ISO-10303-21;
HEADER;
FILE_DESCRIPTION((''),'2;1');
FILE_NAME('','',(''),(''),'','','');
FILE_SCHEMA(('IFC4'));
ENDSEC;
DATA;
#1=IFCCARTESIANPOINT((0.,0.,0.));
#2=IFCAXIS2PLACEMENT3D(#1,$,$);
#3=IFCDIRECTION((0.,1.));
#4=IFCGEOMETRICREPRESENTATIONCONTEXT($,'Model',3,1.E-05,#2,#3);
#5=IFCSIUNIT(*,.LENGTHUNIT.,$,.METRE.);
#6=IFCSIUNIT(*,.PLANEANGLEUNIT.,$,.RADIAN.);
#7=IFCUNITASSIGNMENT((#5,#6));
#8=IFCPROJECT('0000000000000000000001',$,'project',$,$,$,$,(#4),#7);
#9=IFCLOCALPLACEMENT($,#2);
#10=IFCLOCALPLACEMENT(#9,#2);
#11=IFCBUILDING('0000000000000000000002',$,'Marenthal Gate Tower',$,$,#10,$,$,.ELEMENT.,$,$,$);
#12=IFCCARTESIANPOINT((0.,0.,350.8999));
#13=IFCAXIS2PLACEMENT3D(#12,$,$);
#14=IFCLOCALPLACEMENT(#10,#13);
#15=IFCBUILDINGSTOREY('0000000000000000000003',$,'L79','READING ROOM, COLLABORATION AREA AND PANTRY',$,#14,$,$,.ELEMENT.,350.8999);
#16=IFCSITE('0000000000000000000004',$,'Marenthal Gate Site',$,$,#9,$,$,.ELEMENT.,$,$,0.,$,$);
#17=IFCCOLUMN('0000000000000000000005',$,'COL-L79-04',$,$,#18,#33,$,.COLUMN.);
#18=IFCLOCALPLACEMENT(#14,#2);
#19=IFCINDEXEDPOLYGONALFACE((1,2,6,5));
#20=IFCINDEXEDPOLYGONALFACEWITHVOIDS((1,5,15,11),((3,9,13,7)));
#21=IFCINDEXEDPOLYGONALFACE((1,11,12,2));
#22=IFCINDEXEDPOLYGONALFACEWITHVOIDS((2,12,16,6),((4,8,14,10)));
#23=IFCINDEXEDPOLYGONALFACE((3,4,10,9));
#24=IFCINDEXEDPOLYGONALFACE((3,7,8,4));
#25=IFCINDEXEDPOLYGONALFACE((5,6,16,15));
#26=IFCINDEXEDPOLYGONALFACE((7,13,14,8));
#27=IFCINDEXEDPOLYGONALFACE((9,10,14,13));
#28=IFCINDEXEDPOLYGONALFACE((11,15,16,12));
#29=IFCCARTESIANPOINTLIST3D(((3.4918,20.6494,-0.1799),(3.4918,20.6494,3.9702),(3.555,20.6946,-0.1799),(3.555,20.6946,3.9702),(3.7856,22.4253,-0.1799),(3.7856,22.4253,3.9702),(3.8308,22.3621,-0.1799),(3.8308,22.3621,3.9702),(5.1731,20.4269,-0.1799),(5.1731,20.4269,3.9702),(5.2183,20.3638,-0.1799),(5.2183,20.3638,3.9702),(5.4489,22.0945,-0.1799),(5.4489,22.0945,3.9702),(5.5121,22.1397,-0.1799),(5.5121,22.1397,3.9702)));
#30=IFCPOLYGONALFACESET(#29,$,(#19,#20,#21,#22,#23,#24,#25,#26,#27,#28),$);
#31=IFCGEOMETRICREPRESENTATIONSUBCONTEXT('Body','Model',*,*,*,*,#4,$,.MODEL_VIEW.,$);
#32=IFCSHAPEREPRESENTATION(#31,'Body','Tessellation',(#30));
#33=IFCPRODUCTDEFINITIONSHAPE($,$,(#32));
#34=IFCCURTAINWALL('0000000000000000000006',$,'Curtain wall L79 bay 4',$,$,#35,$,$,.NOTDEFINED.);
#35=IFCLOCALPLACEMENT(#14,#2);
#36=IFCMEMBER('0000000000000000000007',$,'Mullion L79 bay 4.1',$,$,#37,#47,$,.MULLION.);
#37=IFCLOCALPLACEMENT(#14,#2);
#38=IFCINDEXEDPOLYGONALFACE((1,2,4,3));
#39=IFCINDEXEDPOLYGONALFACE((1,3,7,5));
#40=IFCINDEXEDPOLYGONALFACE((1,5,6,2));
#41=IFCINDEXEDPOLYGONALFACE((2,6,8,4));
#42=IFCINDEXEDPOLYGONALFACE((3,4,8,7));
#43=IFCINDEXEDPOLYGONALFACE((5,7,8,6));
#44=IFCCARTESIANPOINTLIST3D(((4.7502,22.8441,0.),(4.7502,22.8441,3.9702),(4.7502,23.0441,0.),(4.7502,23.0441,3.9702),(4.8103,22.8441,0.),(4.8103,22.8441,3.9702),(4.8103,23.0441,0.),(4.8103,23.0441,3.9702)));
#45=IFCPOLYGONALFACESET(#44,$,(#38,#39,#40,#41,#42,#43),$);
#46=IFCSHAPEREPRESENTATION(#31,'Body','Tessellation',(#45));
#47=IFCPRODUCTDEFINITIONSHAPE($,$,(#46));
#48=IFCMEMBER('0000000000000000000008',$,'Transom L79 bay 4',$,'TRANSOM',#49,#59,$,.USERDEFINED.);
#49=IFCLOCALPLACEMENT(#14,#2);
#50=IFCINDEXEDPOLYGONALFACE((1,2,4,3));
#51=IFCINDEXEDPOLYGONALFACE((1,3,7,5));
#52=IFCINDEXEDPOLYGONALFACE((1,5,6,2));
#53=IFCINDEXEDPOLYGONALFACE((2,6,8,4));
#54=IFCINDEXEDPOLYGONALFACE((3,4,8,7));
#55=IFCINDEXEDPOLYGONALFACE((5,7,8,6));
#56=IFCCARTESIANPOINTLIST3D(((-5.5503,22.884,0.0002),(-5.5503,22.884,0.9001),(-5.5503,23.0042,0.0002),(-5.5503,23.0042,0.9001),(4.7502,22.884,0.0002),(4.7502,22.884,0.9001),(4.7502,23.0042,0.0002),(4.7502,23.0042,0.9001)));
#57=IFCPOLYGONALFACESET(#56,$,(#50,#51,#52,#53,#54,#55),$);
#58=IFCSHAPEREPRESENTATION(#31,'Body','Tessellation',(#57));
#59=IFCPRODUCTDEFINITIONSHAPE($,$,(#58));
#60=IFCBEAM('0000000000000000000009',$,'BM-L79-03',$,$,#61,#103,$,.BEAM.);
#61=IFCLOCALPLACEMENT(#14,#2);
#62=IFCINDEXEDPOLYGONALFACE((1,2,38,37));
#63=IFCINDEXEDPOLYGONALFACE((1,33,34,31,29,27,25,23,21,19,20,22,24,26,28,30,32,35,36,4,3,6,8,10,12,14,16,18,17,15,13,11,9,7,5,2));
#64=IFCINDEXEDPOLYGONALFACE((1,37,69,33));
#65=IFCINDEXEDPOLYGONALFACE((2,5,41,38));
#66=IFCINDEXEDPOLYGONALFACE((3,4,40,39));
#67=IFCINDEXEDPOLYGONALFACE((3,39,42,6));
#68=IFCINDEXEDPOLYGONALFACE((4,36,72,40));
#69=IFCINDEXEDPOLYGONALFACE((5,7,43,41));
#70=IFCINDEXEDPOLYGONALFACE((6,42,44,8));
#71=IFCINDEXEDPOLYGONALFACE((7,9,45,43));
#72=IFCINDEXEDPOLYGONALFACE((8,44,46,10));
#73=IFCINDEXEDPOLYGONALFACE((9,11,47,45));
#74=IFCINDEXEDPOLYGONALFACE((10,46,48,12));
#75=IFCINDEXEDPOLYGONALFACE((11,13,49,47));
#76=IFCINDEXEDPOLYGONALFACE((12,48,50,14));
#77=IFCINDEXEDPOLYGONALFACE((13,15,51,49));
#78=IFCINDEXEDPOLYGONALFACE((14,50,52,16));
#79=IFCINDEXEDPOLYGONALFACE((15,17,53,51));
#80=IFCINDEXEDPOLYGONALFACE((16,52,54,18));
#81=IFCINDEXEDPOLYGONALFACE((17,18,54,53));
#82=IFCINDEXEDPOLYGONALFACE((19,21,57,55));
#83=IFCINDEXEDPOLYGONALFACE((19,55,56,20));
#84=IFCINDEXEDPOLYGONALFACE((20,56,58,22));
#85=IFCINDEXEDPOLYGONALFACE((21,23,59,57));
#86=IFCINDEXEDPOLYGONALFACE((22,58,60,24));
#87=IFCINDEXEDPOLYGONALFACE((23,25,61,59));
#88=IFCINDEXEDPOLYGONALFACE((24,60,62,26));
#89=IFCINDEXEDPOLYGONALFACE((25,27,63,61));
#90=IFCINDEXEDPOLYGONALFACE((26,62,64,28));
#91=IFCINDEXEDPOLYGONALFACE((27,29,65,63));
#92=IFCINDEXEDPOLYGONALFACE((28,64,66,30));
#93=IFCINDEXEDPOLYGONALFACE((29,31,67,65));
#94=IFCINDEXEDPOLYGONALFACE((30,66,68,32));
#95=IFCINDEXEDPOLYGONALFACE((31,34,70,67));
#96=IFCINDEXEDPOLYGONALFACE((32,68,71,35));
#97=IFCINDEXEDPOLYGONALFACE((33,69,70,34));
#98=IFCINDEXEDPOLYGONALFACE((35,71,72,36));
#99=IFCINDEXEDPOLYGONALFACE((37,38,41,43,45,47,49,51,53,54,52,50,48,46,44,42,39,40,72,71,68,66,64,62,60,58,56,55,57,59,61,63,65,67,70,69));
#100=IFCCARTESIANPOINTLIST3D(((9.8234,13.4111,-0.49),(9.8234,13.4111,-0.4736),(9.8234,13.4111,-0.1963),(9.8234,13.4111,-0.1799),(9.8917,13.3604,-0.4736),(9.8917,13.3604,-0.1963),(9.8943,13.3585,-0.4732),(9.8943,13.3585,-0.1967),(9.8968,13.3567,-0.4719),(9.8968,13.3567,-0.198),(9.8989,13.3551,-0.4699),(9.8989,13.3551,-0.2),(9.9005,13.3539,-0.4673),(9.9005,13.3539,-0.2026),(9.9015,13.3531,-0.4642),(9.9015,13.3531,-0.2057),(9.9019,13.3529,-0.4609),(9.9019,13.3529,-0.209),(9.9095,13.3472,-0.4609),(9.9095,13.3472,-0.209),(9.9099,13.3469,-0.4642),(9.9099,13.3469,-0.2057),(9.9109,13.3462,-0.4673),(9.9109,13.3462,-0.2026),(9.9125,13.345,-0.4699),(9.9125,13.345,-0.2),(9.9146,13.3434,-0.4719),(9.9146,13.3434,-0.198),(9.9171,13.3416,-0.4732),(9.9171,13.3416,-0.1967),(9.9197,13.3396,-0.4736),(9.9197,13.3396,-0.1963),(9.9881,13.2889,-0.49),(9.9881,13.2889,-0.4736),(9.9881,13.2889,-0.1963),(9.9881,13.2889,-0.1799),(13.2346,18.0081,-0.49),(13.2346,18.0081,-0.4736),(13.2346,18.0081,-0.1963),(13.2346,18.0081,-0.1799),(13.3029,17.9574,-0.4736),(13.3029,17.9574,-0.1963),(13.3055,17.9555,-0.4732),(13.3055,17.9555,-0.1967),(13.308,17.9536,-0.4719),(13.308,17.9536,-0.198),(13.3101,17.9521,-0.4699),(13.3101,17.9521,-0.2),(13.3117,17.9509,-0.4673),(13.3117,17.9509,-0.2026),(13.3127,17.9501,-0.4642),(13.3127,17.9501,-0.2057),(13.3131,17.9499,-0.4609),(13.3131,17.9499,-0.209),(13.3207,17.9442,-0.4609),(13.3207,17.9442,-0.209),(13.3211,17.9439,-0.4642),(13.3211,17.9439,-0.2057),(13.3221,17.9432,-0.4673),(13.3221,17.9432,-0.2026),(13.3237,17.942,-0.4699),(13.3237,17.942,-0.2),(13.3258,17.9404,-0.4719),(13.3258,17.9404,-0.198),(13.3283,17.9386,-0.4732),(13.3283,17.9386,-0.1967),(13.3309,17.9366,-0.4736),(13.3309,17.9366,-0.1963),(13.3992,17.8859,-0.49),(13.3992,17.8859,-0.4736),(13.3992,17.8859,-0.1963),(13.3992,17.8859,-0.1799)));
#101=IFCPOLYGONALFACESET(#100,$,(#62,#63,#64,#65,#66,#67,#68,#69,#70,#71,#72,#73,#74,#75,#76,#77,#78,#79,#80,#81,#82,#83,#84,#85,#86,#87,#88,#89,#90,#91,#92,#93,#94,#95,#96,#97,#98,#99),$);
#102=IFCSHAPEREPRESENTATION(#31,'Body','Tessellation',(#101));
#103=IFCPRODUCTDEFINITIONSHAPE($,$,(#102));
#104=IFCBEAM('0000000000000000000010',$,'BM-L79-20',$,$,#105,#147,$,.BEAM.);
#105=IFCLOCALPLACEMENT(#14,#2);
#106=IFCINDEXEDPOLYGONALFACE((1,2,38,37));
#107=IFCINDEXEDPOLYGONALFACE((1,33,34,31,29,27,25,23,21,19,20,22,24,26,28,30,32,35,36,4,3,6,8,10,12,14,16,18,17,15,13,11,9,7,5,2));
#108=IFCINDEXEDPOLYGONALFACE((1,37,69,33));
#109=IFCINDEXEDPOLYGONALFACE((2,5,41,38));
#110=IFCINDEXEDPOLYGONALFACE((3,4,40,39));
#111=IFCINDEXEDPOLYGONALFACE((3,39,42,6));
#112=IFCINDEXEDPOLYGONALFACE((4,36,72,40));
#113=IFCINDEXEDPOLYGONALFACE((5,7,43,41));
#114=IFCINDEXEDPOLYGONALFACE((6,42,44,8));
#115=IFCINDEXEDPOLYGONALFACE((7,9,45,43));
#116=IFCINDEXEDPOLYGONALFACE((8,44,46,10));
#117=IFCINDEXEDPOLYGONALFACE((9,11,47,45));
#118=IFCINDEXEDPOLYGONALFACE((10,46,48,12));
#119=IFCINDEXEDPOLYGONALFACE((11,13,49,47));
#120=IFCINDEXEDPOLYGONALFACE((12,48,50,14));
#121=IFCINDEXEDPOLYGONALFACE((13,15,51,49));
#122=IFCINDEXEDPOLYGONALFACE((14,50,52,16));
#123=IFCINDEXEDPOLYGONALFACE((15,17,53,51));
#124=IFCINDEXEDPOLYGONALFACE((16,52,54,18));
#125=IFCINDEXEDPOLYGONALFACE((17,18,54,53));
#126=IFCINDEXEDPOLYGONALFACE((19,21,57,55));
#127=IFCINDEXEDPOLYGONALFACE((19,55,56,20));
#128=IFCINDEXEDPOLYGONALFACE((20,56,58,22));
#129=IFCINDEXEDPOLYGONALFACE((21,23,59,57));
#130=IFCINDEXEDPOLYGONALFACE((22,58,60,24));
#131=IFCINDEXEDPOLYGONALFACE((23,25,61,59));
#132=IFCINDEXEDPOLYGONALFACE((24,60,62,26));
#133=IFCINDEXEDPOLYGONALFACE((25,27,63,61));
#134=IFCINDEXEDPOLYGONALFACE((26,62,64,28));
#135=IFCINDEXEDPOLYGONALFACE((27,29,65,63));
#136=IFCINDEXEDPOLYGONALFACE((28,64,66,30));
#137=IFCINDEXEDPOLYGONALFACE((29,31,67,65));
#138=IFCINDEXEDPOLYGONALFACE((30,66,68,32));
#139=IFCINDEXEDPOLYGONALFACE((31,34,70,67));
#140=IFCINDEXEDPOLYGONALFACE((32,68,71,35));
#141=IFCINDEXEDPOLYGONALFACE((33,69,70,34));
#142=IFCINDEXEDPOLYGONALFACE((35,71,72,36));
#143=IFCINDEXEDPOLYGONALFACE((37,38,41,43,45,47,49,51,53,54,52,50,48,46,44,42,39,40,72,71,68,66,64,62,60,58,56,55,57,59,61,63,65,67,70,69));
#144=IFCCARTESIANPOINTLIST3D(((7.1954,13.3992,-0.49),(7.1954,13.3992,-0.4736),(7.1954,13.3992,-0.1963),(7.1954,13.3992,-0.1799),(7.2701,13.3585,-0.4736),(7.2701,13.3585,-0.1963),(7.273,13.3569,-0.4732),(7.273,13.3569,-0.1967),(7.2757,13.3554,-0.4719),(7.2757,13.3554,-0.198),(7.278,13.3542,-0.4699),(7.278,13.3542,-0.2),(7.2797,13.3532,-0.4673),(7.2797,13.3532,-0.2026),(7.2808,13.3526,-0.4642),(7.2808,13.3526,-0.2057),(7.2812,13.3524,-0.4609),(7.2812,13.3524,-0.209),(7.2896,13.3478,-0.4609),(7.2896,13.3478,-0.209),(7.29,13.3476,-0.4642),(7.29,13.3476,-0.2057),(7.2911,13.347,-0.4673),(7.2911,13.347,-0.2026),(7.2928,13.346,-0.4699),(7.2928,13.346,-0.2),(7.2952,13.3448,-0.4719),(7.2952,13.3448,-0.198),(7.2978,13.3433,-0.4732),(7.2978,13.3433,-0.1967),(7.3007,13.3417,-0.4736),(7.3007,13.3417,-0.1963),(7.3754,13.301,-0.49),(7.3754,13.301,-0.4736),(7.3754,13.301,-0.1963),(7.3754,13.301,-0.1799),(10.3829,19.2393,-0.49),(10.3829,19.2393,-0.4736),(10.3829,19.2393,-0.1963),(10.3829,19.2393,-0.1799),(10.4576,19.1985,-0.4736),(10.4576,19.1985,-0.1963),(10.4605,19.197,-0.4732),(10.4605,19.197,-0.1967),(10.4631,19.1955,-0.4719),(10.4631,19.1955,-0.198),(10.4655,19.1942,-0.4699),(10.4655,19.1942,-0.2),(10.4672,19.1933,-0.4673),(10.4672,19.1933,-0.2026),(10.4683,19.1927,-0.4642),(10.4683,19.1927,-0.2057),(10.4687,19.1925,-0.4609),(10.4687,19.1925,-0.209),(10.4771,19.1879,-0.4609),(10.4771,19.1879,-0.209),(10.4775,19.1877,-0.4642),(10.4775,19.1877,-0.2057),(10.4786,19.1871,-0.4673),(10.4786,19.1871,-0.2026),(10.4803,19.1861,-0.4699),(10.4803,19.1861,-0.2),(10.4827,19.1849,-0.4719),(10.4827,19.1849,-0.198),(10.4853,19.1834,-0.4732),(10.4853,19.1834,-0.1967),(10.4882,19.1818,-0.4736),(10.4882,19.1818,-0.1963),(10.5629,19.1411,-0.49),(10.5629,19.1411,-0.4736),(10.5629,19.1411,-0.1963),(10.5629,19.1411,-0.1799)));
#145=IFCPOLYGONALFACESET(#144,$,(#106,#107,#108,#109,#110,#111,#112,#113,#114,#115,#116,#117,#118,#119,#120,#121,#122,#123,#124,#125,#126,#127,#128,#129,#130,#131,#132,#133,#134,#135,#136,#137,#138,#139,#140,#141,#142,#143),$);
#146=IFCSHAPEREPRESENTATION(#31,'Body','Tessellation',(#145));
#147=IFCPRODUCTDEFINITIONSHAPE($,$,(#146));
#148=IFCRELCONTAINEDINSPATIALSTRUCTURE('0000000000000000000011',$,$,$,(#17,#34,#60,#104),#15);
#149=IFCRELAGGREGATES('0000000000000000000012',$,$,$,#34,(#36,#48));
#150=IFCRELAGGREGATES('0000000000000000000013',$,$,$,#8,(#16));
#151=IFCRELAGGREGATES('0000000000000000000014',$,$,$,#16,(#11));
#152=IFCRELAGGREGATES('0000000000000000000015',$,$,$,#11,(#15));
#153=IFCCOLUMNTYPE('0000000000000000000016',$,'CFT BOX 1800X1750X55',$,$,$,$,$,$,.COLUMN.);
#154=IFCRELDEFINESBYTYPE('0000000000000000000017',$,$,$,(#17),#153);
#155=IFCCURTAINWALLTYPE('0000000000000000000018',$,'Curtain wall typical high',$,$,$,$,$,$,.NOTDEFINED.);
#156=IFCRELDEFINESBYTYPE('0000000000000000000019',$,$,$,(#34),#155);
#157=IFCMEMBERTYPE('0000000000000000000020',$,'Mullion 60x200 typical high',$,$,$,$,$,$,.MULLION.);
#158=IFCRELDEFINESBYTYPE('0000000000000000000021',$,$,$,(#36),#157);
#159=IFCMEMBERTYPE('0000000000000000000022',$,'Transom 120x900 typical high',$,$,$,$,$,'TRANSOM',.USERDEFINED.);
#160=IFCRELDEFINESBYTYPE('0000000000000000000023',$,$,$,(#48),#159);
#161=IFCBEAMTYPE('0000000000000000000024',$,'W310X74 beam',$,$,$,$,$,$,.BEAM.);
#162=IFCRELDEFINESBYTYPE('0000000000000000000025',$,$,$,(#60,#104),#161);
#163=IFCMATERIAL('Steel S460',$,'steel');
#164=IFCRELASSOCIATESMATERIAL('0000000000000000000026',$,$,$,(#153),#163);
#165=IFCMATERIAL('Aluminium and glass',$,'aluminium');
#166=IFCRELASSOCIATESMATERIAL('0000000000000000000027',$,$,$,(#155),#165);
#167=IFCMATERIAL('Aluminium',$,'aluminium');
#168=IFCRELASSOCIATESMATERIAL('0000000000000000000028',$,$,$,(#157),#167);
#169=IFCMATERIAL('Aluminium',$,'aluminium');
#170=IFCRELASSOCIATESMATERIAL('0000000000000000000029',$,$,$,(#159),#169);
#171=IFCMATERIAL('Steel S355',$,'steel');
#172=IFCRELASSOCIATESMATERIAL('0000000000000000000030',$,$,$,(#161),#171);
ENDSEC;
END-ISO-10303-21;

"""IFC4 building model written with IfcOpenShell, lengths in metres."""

from ifc_helpers import new_model, si_unit, direction, frame, origin, origin_2d, place, context, subcontext, project, spatial, rectangle, hollow_rectangle, i_section, extrude, material, material_profile, profile_set, type_object, element, aggregate, save


model = new_model("IFC4")

# Units and contexts
model_context = context("Model", 3, precision=1e-05, world=origin(), true_north=direction((0.0, 1.0)))
body_context = subcontext(model_context, "Body", "Model", "MODEL_VIEW")
ifc_project = project(units=[si_unit("LENGTHUNIT", "METRE"), si_unit("PLANEANGLEUNIT", "RADIAN")], contexts=[model_context])

# Site, building, storey
site_placement = place(None, origin())
site = spatial("IfcSite", under=ifc_project, at=site_placement, Name="Marenthal Gate Site", CompositionType="ELEMENT", RefElevation=0.0)
building_placement = place(site_placement, origin())
building = spatial("IfcBuilding", under=site, at=building_placement, Name="Marenthal Gate Tower", CompositionType="ELEMENT")
storey_placement = place(building_placement, frame((0.0, 0.0, 350.8999)))
storey = spatial("IfcBuildingStorey", under=building, at=storey_placement, Name="L79", Description="READING ROOM, COLLABORATION AREA AND PANTRY", CompositionType="ELEMENT", Elevation=350.8999)

# Column
ifc_material_1 = material(Name="Steel S460", Category="steel")
ifc_material_profile_1 = material_profile(ifc_material_1, hollow_rectangle(XDim=1.75, YDim=1.8, WallThickness=0.0549, at=origin_2d()), Name="CFT BOX 1800X1750X55")
ifc_material_2 = material(Name="Concrete 70 MPa", Category="concrete")
ifc_material_profile_2 = material_profile(ifc_material_2, rectangle(XDim=1.6399, YDim=1.6899, at=origin_2d()), Name="CFT BOX 1800X1750X55 INFILL")
ifc_profile_set_1 = profile_set([ifc_material_profile_1, ifc_material_profile_2], Name="Steel S460 shell, Concrete 70 MPa infill")
column_type = type_object("IfcColumnType", Name="CFT BOX 1800X1750X55", PredefinedType="COLUMN", material=ifc_profile_set_1)
column_placement = place(storey_placement, frame((4.502, 21.3945, -0.1799), z_axis=(0.0, 0.0, 1.0), x_axis=(0.986593, -0.1632, 0.0)))
element("IfcColumn", 1, at=column_placement, inside=storey, type_object=column_type, Name="COL-L79-04", PredefinedType="COLUMN", context=body_context, shape_type="SweptSolid", body=[
    extrude(hollow_rectangle(XDim=1.75, YDim=1.8, WallThickness=0.0549, at=origin_2d()), origin(), (0.0, 0.0, 1.0), 4.1501),
])

# Curtain wall, members
ifc_material_3 = material(Name="Aluminium and glass", Category="aluminium")
curtain_wall_type = type_object("IfcCurtainWallType", Name="Curtain wall typical high", PredefinedType="NOTDEFINED", material=ifc_material_3)
curtain_wall_placement = place(storey_placement, origin())
curtain_wall = element("IfcCurtainWall", 2, at=curtain_wall_placement, inside=storey, type_object=curtain_wall_type, Name="Curtain wall L79 bay 4", PredefinedType="NOTDEFINED")
ifc_material_4 = material(Name="Aluminium", Category="aluminium")
ifc_material_profile_3 = material_profile(ifc_material_4, rectangle(XDim=0.2, YDim=0.0601, at=origin_2d()), Name="60x200 aluminium mullion")
ifc_profile_set_2 = profile_set([ifc_material_profile_3], Name="Aluminium")
member_type_1 = type_object("IfcMemberType", Name="Mullion 60x200 typical high", PredefinedType="MULLION", material=ifc_profile_set_2)
member_1_placement = place(storey_placement, frame((4.7803, 22.9441, 0.0), z_axis=(0.0, 0.0, 1.0), x_axis=(0.0, -1.0, 0.0)))
member_1 = element("IfcMember", 3, at=member_1_placement, type_object=member_type_1, Name="Mullion L79 bay 4.1", PredefinedType="MULLION", context=body_context, shape_type="SweptSolid", body=[
    extrude(rectangle(XDim=0.2, YDim=0.0601, at=origin_2d()), origin(), (0.0, 0.0, 1.0), 3.9702),
])
ifc_material_5 = material(Name="Aluminium", Category="aluminium")
ifc_material_profile_4 = material_profile(ifc_material_5, rectangle(XDim=0.1201, YDim=0.8999, at=origin_2d()), Name="120x900 aluminium transom")
ifc_profile_set_3 = profile_set([ifc_material_profile_4], Name="Aluminium")
member_type_2 = type_object("IfcMemberType", Name="Transom 120x900 typical high", ElementType="TRANSOM", PredefinedType="USERDEFINED", material=ifc_profile_set_3)
member_2_placement = place(storey_placement, frame((4.7502, 22.9441, 0.4502), z_axis=(-1.0, 0.0, 0.0), x_axis=(0.0, -1.0, 0.0)))
member_2 = element("IfcMember", 4, at=member_2_placement, type_object=member_type_2, Name="Transom L79 bay 4", ObjectType="TRANSOM", PredefinedType="USERDEFINED", context=body_context, shape_type="SweptSolid", body=[
    extrude(rectangle(XDim=0.1201, YDim=0.8999, at=origin_2d()), origin(), (0.0, 0.0, 1.0), 10.3005),
])

# Beams
ifc_material_6 = material(Name="Steel S355", Category="steel")
ifc_material_profile_5 = material_profile(ifc_material_6, i_section(OverallWidth=0.2051, OverallDepth=0.3101, WebThickness=0.0095, FlangeThickness=0.0164, FilletRadius=0.0127, at=origin_2d()), Name="W310X74")
ifc_profile_set_4 = profile_set([ifc_material_profile_5], Name="Steel S355")
beam_type_1 = type_object("IfcBeamType", Name="W310X74 beam", PredefinedType="BEAM", material=ifc_profile_set_4)
beam_1_placement = place(storey_placement, frame((13.3169, 17.947, -0.335), z_axis=(-0.595905, -0.803055, 0.0), x_axis=(0.803055, -0.595905, 0.0)))
element("IfcBeam", 5, at=beam_1_placement, inside=storey, type_object=beam_type_1, Name="BM-L79-03", PredefinedType="BEAM", context=body_context, shape_type="SweptSolid", body=[
    extrude(i_section(OverallWidth=0.2051, OverallDepth=0.3101, WebThickness=0.0095, FlangeThickness=0.0164, FilletRadius=0.0127, at=origin_2d()), origin(), (0.0, 0.0, 1.0), 5.7244),
])
beam_2_placement = place(storey_placement, frame((10.4729, 19.1902, -0.335), z_axis=(-0.479083, -0.877769, 0.0), x_axis=(0.877769, -0.479083, 0.0)))
element("IfcBeam", 6, at=beam_2_placement, inside=storey, type_object=beam_type_1, Name="BM-L79-20", PredefinedType="BEAM", context=body_context, shape_type="SweptSolid", body=[
    extrude(i_section(OverallWidth=0.2051, OverallDepth=0.3101, WebThickness=0.0095, FlangeThickness=0.0164, FilletRadius=0.0127, at=origin_2d()), origin(), (0.0, 0.0, 1.0), 6.6533),
])

aggregate(curtain_wall, [member_1, member_2])

save(model, "model.ifc")
